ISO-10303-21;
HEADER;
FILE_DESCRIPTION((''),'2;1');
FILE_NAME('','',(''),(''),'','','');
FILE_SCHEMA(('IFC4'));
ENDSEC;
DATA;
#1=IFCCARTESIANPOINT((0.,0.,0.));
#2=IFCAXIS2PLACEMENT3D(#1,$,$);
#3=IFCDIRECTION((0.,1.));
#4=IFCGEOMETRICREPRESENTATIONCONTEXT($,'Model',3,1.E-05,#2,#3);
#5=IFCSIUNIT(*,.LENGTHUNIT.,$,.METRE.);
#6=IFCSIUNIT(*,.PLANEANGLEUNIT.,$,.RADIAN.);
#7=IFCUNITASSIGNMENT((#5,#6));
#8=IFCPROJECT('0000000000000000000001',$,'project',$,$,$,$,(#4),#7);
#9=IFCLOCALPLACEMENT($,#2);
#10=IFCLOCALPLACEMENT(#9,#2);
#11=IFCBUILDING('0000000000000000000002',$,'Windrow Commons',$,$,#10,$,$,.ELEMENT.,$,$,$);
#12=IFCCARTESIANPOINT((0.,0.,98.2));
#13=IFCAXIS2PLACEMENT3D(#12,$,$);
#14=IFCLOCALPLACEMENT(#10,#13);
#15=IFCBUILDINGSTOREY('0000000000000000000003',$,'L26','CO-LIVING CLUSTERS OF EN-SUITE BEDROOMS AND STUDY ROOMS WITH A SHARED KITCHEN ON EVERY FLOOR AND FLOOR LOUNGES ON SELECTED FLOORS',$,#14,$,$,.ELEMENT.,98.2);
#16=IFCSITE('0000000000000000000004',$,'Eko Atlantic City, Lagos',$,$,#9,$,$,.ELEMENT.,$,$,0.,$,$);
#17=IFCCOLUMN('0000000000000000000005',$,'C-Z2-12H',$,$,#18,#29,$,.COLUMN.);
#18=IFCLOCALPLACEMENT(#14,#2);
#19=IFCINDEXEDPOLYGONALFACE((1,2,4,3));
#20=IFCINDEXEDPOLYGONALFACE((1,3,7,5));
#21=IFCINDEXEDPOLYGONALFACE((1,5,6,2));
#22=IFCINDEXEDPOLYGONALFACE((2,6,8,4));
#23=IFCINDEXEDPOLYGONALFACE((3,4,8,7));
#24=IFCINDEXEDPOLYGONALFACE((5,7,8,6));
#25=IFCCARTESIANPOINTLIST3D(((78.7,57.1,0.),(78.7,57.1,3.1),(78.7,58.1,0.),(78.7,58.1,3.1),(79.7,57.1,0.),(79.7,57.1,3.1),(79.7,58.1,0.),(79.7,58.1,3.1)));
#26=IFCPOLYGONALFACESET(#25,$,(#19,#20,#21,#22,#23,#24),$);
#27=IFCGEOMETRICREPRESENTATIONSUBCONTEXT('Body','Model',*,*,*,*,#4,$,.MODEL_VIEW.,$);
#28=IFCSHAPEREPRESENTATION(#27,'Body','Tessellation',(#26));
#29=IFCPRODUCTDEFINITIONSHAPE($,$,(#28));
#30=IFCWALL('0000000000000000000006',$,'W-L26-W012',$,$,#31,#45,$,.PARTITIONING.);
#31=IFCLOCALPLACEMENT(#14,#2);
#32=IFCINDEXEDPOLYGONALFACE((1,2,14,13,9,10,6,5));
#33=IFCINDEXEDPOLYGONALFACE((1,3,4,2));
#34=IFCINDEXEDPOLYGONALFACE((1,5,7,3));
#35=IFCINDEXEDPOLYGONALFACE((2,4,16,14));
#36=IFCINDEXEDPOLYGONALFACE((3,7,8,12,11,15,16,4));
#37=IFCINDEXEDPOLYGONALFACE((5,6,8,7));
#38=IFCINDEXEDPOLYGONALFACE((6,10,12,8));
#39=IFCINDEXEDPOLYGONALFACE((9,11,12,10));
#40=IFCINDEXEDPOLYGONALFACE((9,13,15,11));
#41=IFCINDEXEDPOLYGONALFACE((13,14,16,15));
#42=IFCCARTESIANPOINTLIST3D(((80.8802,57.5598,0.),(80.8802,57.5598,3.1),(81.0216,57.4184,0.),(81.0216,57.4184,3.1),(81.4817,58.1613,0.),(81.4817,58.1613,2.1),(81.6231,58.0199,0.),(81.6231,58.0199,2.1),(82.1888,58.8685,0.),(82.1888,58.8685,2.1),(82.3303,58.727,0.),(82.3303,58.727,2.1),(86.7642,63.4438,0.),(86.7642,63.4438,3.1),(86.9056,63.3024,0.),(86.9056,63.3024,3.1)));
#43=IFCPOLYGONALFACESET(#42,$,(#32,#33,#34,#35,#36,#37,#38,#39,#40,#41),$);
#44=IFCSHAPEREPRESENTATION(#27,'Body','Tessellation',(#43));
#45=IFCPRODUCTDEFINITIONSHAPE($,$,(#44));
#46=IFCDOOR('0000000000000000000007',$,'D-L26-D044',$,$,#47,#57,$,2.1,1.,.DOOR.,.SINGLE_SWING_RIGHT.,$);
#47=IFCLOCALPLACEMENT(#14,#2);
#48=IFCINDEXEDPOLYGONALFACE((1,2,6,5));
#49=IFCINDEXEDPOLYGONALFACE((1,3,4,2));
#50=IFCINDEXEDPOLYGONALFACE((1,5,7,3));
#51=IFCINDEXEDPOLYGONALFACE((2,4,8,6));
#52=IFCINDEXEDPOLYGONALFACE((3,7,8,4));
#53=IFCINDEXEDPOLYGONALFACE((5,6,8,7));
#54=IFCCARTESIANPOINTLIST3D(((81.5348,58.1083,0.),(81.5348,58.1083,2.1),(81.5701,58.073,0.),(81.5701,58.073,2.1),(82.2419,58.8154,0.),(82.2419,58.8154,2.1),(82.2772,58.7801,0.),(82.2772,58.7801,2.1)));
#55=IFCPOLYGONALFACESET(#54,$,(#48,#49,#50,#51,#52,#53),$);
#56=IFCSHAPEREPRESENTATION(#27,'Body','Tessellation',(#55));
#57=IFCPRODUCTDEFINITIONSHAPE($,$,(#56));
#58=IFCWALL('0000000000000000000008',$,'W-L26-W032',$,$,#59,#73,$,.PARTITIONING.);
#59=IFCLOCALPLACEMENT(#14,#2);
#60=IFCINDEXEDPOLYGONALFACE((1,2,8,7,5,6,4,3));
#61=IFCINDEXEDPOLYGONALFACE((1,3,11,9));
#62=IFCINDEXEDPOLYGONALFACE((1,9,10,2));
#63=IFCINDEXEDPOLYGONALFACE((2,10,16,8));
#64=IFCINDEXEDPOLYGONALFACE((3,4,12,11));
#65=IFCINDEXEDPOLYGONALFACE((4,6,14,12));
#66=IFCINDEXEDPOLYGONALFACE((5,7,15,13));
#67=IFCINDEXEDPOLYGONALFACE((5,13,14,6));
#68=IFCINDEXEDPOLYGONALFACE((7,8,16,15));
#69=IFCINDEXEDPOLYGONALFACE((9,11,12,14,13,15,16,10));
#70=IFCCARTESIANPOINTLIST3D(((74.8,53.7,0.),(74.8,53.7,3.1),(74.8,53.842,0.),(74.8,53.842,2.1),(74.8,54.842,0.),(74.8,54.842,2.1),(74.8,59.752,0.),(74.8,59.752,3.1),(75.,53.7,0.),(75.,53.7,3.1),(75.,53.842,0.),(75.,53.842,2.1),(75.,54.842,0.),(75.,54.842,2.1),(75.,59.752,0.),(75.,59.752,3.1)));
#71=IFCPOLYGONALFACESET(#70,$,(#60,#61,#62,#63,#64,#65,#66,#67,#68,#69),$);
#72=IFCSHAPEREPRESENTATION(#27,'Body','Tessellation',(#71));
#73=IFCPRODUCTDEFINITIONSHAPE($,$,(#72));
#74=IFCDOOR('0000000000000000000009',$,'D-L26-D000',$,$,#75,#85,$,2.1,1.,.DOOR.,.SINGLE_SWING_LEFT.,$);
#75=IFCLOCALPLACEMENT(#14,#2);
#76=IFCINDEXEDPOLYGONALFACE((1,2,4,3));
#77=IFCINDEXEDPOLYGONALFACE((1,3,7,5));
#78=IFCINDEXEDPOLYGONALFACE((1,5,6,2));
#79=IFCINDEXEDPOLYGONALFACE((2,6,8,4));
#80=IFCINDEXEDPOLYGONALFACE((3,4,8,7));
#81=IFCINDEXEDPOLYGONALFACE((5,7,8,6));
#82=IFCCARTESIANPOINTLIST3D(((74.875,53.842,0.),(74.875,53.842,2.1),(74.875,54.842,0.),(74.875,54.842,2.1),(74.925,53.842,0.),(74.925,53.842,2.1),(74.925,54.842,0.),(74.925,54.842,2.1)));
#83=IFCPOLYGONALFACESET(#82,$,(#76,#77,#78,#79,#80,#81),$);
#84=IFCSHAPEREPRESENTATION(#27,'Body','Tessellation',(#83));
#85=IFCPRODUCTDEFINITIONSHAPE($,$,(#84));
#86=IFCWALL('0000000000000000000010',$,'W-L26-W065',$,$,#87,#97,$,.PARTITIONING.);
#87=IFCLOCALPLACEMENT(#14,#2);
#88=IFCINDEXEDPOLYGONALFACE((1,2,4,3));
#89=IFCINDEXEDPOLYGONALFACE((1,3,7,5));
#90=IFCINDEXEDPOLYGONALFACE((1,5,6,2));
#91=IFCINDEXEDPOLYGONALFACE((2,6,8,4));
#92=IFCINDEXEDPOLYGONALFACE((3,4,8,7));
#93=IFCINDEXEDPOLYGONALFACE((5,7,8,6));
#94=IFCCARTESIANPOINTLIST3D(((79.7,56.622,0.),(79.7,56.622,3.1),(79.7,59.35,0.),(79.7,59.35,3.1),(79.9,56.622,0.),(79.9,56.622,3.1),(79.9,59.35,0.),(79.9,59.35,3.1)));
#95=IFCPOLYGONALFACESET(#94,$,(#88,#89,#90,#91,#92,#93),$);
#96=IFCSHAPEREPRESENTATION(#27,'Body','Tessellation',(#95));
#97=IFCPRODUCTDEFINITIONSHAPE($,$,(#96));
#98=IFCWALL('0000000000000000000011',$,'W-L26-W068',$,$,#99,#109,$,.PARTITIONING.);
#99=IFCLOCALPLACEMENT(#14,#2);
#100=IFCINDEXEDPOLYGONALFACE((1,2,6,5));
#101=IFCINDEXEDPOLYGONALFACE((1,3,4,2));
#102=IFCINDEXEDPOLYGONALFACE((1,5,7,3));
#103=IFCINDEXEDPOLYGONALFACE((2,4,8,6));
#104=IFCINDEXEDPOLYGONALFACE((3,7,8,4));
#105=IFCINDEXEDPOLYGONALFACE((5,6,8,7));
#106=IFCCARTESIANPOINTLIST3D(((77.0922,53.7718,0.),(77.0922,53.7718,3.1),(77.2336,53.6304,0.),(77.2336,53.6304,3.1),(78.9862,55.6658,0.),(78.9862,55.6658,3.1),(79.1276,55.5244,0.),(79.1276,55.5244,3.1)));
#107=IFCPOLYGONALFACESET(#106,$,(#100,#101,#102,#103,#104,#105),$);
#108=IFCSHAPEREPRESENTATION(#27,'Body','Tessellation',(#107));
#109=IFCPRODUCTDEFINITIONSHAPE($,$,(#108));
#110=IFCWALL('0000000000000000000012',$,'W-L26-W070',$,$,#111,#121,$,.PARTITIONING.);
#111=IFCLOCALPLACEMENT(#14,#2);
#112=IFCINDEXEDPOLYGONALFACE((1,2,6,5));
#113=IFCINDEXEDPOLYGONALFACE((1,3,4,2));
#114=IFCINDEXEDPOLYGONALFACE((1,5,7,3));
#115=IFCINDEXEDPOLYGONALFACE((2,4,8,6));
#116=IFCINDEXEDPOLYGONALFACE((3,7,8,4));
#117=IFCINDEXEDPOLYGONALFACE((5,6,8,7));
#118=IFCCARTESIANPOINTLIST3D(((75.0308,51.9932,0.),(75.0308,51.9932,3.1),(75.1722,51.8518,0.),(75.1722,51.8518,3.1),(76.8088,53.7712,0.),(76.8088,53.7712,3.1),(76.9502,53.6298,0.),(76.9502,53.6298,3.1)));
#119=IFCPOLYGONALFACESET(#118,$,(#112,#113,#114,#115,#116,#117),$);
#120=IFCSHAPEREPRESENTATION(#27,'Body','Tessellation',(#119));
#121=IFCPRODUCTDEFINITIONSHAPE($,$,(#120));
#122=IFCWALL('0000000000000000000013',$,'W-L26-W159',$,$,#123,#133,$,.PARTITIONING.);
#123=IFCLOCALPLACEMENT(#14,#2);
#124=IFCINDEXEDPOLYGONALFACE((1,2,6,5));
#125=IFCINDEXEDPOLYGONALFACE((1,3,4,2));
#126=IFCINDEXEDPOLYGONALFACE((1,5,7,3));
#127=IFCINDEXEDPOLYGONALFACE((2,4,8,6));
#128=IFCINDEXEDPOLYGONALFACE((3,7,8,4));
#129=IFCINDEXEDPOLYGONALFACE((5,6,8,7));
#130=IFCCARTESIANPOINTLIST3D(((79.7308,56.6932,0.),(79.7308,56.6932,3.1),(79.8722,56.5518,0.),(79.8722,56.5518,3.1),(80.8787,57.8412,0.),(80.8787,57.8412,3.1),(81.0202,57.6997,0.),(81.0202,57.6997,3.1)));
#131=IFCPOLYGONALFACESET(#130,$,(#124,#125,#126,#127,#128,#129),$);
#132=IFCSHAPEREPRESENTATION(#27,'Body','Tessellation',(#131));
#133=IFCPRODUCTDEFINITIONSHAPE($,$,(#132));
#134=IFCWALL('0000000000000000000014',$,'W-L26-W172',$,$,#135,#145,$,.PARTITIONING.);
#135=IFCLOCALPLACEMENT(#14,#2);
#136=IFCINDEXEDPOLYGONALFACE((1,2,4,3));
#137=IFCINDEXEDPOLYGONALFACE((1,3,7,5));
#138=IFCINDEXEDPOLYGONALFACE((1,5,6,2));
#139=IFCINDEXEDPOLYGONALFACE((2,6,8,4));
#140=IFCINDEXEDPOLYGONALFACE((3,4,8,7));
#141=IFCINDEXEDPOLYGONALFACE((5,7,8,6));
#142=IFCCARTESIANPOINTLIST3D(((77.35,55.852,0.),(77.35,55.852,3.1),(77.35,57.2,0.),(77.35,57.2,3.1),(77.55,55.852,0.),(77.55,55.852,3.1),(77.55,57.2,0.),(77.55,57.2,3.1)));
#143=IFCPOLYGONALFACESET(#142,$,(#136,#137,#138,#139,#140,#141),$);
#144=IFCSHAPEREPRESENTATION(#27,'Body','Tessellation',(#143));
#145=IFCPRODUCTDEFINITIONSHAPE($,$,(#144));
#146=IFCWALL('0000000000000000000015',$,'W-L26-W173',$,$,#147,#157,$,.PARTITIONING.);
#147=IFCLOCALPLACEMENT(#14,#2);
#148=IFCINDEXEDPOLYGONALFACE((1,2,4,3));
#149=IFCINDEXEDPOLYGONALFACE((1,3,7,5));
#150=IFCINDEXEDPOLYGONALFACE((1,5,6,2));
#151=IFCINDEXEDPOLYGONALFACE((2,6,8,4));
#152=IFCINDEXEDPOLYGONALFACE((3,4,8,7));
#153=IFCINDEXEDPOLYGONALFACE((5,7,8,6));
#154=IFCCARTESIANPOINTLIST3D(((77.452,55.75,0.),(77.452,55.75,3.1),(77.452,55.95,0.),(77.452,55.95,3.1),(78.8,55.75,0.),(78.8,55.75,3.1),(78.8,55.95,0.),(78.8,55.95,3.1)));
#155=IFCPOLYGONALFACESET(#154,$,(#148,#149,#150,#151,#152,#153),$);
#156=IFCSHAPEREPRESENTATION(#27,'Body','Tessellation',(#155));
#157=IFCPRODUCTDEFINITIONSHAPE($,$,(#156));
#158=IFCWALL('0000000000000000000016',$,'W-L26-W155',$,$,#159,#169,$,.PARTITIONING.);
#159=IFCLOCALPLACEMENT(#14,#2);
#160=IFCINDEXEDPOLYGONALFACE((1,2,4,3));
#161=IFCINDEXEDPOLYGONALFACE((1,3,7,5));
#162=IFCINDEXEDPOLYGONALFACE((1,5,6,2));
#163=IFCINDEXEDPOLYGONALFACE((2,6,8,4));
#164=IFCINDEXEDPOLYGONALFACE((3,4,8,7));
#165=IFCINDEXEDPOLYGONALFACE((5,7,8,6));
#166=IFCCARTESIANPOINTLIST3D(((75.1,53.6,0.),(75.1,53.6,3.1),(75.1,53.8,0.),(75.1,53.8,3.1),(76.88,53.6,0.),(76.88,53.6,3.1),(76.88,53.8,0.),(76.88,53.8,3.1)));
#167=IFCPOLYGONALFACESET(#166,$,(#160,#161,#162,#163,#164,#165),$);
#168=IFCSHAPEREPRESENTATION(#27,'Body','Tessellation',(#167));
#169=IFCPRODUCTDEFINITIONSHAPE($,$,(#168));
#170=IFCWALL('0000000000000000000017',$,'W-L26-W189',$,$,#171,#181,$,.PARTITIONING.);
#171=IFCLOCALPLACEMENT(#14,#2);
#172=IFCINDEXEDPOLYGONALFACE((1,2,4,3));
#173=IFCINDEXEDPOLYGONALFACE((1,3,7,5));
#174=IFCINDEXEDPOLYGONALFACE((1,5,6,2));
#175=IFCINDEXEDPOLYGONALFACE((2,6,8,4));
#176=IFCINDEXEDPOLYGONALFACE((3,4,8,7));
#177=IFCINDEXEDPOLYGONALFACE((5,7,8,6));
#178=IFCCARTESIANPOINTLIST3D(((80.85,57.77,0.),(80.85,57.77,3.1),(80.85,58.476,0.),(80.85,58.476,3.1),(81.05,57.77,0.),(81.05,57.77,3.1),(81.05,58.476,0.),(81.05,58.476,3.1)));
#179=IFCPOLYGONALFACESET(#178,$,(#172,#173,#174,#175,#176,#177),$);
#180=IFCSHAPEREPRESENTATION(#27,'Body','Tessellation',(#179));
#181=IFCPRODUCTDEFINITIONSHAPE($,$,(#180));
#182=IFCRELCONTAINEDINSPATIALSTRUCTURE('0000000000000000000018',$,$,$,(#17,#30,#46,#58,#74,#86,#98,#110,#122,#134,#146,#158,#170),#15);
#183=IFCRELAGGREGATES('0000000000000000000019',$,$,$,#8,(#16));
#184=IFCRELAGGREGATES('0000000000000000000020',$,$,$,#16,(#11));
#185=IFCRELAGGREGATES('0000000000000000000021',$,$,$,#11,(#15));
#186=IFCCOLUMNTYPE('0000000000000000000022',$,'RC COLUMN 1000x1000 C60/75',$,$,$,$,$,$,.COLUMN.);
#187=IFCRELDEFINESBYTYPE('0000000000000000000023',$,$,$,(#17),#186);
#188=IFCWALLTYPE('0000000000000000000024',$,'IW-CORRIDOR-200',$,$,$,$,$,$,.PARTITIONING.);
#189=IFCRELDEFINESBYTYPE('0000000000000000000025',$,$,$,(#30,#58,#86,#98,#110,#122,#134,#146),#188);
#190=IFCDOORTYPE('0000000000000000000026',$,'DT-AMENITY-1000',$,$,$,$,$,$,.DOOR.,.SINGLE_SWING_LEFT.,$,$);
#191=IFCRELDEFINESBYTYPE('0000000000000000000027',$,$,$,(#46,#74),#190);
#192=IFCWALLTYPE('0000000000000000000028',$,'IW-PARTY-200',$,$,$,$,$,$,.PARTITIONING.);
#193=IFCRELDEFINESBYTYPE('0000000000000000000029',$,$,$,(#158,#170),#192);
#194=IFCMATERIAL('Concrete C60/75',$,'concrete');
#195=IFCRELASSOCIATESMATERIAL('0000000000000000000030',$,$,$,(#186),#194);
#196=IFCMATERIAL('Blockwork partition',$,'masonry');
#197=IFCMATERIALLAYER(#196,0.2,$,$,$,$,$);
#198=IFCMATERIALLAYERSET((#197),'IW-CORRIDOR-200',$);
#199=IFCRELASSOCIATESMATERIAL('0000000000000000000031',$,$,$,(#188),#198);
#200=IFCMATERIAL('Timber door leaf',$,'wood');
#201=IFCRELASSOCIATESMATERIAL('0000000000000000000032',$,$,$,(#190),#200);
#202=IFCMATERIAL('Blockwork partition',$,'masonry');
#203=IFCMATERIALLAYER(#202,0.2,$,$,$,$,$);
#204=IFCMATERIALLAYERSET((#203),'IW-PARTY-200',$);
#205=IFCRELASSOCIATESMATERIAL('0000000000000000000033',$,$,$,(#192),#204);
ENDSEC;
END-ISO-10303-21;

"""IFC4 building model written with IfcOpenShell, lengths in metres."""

from ifc_helpers import new_model, si_unit, direction, frame, frame_2d, origin, origin_2d, place, context, subcontext, project, spatial, rectangle, extrude, material, layer, layer_set, material_profile, profile_set, type_object, element, fill, save


model = new_model("IFC4")

# Units and contexts
model_context = context("Model", 3, precision=1e-05, world=origin(), true_north=direction((0.0, 1.0)))
body_context = subcontext(model_context, "Body", "Model", "MODEL_VIEW")
ifc_project = project(units=[si_unit("LENGTHUNIT", "METRE"), si_unit("PLANEANGLEUNIT", "RADIAN")], contexts=[model_context])

# Site, building, storey
site_placement = place(None, origin())
site = spatial("IfcSite", under=ifc_project, at=site_placement, Name="Eko Atlantic City, Lagos", CompositionType="ELEMENT", RefElevation=0.0)
building_placement = place(site_placement, origin())
building = spatial("IfcBuilding", under=site, at=building_placement, Name="Windrow Commons", CompositionType="ELEMENT")
storey_placement = place(building_placement, frame((0.0, 0.0, 98.2)))
storey = spatial("IfcBuildingStorey", under=building, at=storey_placement, Name="L26", Description="CO-LIVING CLUSTERS OF EN-SUITE BEDROOMS AND STUDY ROOMS WITH A SHARED KITCHEN ON EVERY FLOOR AND FLOOR LOUNGES ON SELECTED FLOORS", CompositionType="ELEMENT", Elevation=98.2)

# Column
ifc_material_1 = material(Name="Concrete C60/75", Category="concrete")
ifc_material_profile = material_profile(ifc_material_1, rectangle(XDim=1.0, YDim=1.0, at=origin_2d()))
ifc_profile_set = profile_set([ifc_material_profile], Name="Concrete C60/75")
column_type = type_object("IfcColumnType", Name="RC COLUMN 1000x1000 C60/75", PredefinedType="COLUMN", material=ifc_profile_set)
column_placement = place(storey_placement, frame((79.2, 57.6, 0.0), z_axis=(0.0, 0.0, 1.0), x_axis=(1.0, 0.0, 0.0)))
element("IfcColumn", 1, at=column_placement, inside=storey, type_object=column_type, Name="C-Z2-12H", PredefinedType="COLUMN", context=body_context, shape_type="SweptSolid", body=[
    extrude(rectangle(XDim=1.0, YDim=1.0, at=origin_2d()), origin(), (0.0, 0.0, 1.0), 3.1),
])

# Walls, openings, doors
ifc_material_2 = material(Name="Blockwork partition", Category="masonry")
ifc_layer_1 = layer(ifc_material_2, 0.2)
ifc_layer_set_1 = layer_set([ifc_layer_1], Name="IW-CORRIDOR-200")
wall_type_1 = type_object("IfcWallType", Name="IW-CORRIDOR-200", PredefinedType="PARTITIONING", material=ifc_layer_set_1)
wall_1_placement = place(storey_placement, frame((80.9509, 57.4891, 0.0), z_axis=(0.0, 0.0, 1.0), x_axis=(0.707107, 0.707107, 0.0)))
wall_1 = element("IfcWall", 2, at=wall_1_placement, inside=storey, type_object=wall_type_1, Name="W-L26-W012", PredefinedType="PARTITIONING", context=body_context, shape_type="SweptSolid", body=[
    extrude(rectangle(XDim=8.3212, YDim=0.2, at=frame_2d((4.1606, 0.0))), origin(), (0.0, 0.0, 1.0), 3.1),
])
opening_1_placement = place(wall_1_placement, frame((0.8507, 0.0, 0.0)))
opening_1 = element("IfcOpeningElement", 3, at=opening_1_placement, cuts=wall_1, PredefinedType="OPENING", context=body_context, shape_type="SweptSolid", body=[
    extrude(rectangle(XDim=1.0, YDim=2.1, at=frame_2d((0.5, 1.05))), frame((0.0, 0.11, 0.0), z_axis=(0.0, -1.0, 0.0), x_axis=(1.0, 0.0, 0.0)), (0.0, 0.0, 1.0), 0.22),
])
ifc_material_3 = material(Name="Timber door leaf", Category="wood")
door_type_1 = type_object("IfcDoorType", Name="DT-AMENITY-1000", OperationType="SINGLE_SWING_LEFT", PredefinedType="DOOR", material=ifc_material_3)
door_1_placement = place(opening_1_placement, origin())
door_1 = element("IfcDoor", 4, at=door_1_placement, inside=storey, type_object=door_type_1, Name="D-L26-D044", OperationType="SINGLE_SWING_RIGHT", OverallHeight=2.1, OverallWidth=1.0, PredefinedType="DOOR", context=body_context, shape_type="SweptSolid", body=[
    extrude(rectangle(XDim=1.0, YDim=2.1, at=frame_2d((0.5, 1.05))), frame((0.0, 0.025, 0.0), z_axis=(0.0, -1.0, 0.0), x_axis=(1.0, 0.0, 0.0)), (0.0, 0.0, 1.0), 0.05),
])
fill(opening_1, door_1)
wall_2_placement = place(storey_placement, frame((74.9, 53.7, 0.0), z_axis=(0.0, 0.0, 1.0), x_axis=(0.0, 1.0, 0.0)))
wall_2 = element("IfcWall", 5, at=wall_2_placement, inside=storey, type_object=wall_type_1, Name="W-L26-W032", PredefinedType="PARTITIONING", context=body_context, shape_type="SweptSolid", body=[
    extrude(rectangle(XDim=6.052, YDim=0.2, at=frame_2d((3.026, 0.0))), origin(), (0.0, 0.0, 1.0), 3.1),
])
opening_2_placement = place(wall_2_placement, frame((0.142, 0.0, 0.0)))
opening_2 = element("IfcOpeningElement", 6, at=opening_2_placement, cuts=wall_2, PredefinedType="OPENING", context=body_context, shape_type="SweptSolid", body=[
    extrude(rectangle(XDim=1.0, YDim=2.1, at=frame_2d((0.5, 1.05))), frame((0.0, 0.11, 0.0), z_axis=(0.0, -1.0, 0.0), x_axis=(1.0, 0.0, 0.0)), (0.0, 0.0, 1.0), 0.22),
])
door_2_placement = place(opening_2_placement, origin())
door_2 = element("IfcDoor", 7, at=door_2_placement, inside=storey, type_object=door_type_1, Name="D-L26-D000", OperationType="SINGLE_SWING_LEFT", OverallHeight=2.1, OverallWidth=1.0, PredefinedType="DOOR", context=body_context, shape_type="SweptSolid", body=[
    extrude(rectangle(XDim=1.0, YDim=2.1, at=frame_2d((0.5, 1.05))), frame((0.0, 0.025, 0.0), z_axis=(0.0, -1.0, 0.0), x_axis=(1.0, 0.0, 0.0)), (0.0, 0.0, 1.0), 0.05),
])
fill(opening_2, door_2)

# Walls
wall_3_placement = place(storey_placement, frame((79.8, 56.622, 0.0), z_axis=(0.0, 0.0, 1.0), x_axis=(0.0, 1.0, 0.0)))
element("IfcWall", 8, at=wall_3_placement, inside=storey, type_object=wall_type_1, Name="W-L26-W065", PredefinedType="PARTITIONING", context=body_context, shape_type="SweptSolid", body=[
    extrude(rectangle(XDim=2.728, YDim=0.2, at=frame_2d((1.364, 0.0))), origin(), (0.0, 0.0, 1.0), 3.1),
])
wall_4_placement = place(storey_placement, frame((77.1629, 53.7011, 0.0), z_axis=(0.0, 0.0, 1.0), x_axis=(0.707107, 0.707107, 0.0)))
element("IfcWall", 9, at=wall_4_placement, inside=storey, type_object=wall_type_1, Name="W-L26-W068", PredefinedType="PARTITIONING", context=body_context, shape_type="SweptSolid", body=[
    extrude(rectangle(XDim=2.6785, YDim=0.2, at=frame_2d((1.3393, 0.0))), origin(), (0.0, 0.0, 1.0), 3.1),
])
wall_5_placement = place(storey_placement, frame((75.1015, 51.9225, 0.0), z_axis=(0.0, 0.0, 1.0), x_axis=(0.707107, 0.707107, 0.0)))
element("IfcWall", 10, at=wall_5_placement, inside=storey, type_object=wall_type_1, Name="W-L26-W070", PredefinedType="PARTITIONING", context=body_context, shape_type="SweptSolid", body=[
    extrude(rectangle(XDim=2.5145, YDim=0.2, at=frame_2d((1.2572, 0.0))), origin(), (0.0, 0.0, 1.0), 3.1),
])
wall_6_placement = place(storey_placement, frame((79.8015, 56.6225, 0.0), z_axis=(0.0, 0.0, 1.0), x_axis=(0.707107, 0.707107, 0.0)))
element("IfcWall", 11, at=wall_6_placement, inside=storey, type_object=wall_type_1, Name="W-L26-W159", PredefinedType="PARTITIONING", context=body_context, shape_type="SweptSolid", body=[
    extrude(rectangle(XDim=1.6235, YDim=0.2, at=frame_2d((0.8117, 0.0))), origin(), (0.0, 0.0, 1.0), 3.1),
])
for number, where, z_axis, x_axis, name in (
    (12, (77.45, 55.852, 0.0), (0.0, 0.0, 1.0), (0.0, 1.0, 0.0), "W-L26-W172"),
    (13, (77.452, 55.85, 0.0), (0.0, 0.0, 1.0), (1.0, 0.0, 0.0), "W-L26-W173"),
):
    element("IfcWall", number, at=place(storey_placement, frame(where, z_axis=z_axis, x_axis=x_axis)), inside=storey, type_object=wall_type_1, Name=name, PredefinedType="PARTITIONING", context=body_context, shape_type="SweptSolid", body=[
        extrude(rectangle(XDim=1.348, YDim=0.2, at=frame_2d((0.674, 0.0))), origin(), (0.0, 0.0, 1.0), 3.1),
    ])
ifc_material_4 = material(Name="Blockwork partition", Category="masonry")
ifc_layer_2 = layer(ifc_material_4, 0.2)
ifc_layer_set_2 = layer_set([ifc_layer_2], Name="IW-PARTY-200")
wall_type_2 = type_object("IfcWallType", Name="IW-PARTY-200", PredefinedType="PARTITIONING", material=ifc_layer_set_2)
wall_7_placement = place(storey_placement, frame((75.1, 53.7, 0.0), z_axis=(0.0, 0.0, 1.0), x_axis=(1.0, 0.0, 0.0)))
element("IfcWall", 14, at=wall_7_placement, inside=storey, type_object=wall_type_2, Name="W-L26-W155", PredefinedType="PARTITIONING", context=body_context, shape_type="SweptSolid", body=[
    extrude(rectangle(XDim=1.78, YDim=0.2, at=frame_2d((0.89, 0.0))), origin(), (0.0, 0.0, 1.0), 3.1),
])
wall_8_placement = place(storey_placement, frame((80.95, 57.77, 0.0), z_axis=(0.0, 0.0, 1.0), x_axis=(0.0, 1.0, 0.0)))
element("IfcWall", 15, at=wall_8_placement, inside=storey, type_object=wall_type_2, Name="W-L26-W189", PredefinedType="PARTITIONING", context=body_context, shape_type="SweptSolid", body=[
    extrude(rectangle(XDim=0.706, YDim=0.2, at=frame_2d((0.353, 0.0))), origin(), (0.0, 0.0, 1.0), 3.1),
])

save(model, "model.ifc")
